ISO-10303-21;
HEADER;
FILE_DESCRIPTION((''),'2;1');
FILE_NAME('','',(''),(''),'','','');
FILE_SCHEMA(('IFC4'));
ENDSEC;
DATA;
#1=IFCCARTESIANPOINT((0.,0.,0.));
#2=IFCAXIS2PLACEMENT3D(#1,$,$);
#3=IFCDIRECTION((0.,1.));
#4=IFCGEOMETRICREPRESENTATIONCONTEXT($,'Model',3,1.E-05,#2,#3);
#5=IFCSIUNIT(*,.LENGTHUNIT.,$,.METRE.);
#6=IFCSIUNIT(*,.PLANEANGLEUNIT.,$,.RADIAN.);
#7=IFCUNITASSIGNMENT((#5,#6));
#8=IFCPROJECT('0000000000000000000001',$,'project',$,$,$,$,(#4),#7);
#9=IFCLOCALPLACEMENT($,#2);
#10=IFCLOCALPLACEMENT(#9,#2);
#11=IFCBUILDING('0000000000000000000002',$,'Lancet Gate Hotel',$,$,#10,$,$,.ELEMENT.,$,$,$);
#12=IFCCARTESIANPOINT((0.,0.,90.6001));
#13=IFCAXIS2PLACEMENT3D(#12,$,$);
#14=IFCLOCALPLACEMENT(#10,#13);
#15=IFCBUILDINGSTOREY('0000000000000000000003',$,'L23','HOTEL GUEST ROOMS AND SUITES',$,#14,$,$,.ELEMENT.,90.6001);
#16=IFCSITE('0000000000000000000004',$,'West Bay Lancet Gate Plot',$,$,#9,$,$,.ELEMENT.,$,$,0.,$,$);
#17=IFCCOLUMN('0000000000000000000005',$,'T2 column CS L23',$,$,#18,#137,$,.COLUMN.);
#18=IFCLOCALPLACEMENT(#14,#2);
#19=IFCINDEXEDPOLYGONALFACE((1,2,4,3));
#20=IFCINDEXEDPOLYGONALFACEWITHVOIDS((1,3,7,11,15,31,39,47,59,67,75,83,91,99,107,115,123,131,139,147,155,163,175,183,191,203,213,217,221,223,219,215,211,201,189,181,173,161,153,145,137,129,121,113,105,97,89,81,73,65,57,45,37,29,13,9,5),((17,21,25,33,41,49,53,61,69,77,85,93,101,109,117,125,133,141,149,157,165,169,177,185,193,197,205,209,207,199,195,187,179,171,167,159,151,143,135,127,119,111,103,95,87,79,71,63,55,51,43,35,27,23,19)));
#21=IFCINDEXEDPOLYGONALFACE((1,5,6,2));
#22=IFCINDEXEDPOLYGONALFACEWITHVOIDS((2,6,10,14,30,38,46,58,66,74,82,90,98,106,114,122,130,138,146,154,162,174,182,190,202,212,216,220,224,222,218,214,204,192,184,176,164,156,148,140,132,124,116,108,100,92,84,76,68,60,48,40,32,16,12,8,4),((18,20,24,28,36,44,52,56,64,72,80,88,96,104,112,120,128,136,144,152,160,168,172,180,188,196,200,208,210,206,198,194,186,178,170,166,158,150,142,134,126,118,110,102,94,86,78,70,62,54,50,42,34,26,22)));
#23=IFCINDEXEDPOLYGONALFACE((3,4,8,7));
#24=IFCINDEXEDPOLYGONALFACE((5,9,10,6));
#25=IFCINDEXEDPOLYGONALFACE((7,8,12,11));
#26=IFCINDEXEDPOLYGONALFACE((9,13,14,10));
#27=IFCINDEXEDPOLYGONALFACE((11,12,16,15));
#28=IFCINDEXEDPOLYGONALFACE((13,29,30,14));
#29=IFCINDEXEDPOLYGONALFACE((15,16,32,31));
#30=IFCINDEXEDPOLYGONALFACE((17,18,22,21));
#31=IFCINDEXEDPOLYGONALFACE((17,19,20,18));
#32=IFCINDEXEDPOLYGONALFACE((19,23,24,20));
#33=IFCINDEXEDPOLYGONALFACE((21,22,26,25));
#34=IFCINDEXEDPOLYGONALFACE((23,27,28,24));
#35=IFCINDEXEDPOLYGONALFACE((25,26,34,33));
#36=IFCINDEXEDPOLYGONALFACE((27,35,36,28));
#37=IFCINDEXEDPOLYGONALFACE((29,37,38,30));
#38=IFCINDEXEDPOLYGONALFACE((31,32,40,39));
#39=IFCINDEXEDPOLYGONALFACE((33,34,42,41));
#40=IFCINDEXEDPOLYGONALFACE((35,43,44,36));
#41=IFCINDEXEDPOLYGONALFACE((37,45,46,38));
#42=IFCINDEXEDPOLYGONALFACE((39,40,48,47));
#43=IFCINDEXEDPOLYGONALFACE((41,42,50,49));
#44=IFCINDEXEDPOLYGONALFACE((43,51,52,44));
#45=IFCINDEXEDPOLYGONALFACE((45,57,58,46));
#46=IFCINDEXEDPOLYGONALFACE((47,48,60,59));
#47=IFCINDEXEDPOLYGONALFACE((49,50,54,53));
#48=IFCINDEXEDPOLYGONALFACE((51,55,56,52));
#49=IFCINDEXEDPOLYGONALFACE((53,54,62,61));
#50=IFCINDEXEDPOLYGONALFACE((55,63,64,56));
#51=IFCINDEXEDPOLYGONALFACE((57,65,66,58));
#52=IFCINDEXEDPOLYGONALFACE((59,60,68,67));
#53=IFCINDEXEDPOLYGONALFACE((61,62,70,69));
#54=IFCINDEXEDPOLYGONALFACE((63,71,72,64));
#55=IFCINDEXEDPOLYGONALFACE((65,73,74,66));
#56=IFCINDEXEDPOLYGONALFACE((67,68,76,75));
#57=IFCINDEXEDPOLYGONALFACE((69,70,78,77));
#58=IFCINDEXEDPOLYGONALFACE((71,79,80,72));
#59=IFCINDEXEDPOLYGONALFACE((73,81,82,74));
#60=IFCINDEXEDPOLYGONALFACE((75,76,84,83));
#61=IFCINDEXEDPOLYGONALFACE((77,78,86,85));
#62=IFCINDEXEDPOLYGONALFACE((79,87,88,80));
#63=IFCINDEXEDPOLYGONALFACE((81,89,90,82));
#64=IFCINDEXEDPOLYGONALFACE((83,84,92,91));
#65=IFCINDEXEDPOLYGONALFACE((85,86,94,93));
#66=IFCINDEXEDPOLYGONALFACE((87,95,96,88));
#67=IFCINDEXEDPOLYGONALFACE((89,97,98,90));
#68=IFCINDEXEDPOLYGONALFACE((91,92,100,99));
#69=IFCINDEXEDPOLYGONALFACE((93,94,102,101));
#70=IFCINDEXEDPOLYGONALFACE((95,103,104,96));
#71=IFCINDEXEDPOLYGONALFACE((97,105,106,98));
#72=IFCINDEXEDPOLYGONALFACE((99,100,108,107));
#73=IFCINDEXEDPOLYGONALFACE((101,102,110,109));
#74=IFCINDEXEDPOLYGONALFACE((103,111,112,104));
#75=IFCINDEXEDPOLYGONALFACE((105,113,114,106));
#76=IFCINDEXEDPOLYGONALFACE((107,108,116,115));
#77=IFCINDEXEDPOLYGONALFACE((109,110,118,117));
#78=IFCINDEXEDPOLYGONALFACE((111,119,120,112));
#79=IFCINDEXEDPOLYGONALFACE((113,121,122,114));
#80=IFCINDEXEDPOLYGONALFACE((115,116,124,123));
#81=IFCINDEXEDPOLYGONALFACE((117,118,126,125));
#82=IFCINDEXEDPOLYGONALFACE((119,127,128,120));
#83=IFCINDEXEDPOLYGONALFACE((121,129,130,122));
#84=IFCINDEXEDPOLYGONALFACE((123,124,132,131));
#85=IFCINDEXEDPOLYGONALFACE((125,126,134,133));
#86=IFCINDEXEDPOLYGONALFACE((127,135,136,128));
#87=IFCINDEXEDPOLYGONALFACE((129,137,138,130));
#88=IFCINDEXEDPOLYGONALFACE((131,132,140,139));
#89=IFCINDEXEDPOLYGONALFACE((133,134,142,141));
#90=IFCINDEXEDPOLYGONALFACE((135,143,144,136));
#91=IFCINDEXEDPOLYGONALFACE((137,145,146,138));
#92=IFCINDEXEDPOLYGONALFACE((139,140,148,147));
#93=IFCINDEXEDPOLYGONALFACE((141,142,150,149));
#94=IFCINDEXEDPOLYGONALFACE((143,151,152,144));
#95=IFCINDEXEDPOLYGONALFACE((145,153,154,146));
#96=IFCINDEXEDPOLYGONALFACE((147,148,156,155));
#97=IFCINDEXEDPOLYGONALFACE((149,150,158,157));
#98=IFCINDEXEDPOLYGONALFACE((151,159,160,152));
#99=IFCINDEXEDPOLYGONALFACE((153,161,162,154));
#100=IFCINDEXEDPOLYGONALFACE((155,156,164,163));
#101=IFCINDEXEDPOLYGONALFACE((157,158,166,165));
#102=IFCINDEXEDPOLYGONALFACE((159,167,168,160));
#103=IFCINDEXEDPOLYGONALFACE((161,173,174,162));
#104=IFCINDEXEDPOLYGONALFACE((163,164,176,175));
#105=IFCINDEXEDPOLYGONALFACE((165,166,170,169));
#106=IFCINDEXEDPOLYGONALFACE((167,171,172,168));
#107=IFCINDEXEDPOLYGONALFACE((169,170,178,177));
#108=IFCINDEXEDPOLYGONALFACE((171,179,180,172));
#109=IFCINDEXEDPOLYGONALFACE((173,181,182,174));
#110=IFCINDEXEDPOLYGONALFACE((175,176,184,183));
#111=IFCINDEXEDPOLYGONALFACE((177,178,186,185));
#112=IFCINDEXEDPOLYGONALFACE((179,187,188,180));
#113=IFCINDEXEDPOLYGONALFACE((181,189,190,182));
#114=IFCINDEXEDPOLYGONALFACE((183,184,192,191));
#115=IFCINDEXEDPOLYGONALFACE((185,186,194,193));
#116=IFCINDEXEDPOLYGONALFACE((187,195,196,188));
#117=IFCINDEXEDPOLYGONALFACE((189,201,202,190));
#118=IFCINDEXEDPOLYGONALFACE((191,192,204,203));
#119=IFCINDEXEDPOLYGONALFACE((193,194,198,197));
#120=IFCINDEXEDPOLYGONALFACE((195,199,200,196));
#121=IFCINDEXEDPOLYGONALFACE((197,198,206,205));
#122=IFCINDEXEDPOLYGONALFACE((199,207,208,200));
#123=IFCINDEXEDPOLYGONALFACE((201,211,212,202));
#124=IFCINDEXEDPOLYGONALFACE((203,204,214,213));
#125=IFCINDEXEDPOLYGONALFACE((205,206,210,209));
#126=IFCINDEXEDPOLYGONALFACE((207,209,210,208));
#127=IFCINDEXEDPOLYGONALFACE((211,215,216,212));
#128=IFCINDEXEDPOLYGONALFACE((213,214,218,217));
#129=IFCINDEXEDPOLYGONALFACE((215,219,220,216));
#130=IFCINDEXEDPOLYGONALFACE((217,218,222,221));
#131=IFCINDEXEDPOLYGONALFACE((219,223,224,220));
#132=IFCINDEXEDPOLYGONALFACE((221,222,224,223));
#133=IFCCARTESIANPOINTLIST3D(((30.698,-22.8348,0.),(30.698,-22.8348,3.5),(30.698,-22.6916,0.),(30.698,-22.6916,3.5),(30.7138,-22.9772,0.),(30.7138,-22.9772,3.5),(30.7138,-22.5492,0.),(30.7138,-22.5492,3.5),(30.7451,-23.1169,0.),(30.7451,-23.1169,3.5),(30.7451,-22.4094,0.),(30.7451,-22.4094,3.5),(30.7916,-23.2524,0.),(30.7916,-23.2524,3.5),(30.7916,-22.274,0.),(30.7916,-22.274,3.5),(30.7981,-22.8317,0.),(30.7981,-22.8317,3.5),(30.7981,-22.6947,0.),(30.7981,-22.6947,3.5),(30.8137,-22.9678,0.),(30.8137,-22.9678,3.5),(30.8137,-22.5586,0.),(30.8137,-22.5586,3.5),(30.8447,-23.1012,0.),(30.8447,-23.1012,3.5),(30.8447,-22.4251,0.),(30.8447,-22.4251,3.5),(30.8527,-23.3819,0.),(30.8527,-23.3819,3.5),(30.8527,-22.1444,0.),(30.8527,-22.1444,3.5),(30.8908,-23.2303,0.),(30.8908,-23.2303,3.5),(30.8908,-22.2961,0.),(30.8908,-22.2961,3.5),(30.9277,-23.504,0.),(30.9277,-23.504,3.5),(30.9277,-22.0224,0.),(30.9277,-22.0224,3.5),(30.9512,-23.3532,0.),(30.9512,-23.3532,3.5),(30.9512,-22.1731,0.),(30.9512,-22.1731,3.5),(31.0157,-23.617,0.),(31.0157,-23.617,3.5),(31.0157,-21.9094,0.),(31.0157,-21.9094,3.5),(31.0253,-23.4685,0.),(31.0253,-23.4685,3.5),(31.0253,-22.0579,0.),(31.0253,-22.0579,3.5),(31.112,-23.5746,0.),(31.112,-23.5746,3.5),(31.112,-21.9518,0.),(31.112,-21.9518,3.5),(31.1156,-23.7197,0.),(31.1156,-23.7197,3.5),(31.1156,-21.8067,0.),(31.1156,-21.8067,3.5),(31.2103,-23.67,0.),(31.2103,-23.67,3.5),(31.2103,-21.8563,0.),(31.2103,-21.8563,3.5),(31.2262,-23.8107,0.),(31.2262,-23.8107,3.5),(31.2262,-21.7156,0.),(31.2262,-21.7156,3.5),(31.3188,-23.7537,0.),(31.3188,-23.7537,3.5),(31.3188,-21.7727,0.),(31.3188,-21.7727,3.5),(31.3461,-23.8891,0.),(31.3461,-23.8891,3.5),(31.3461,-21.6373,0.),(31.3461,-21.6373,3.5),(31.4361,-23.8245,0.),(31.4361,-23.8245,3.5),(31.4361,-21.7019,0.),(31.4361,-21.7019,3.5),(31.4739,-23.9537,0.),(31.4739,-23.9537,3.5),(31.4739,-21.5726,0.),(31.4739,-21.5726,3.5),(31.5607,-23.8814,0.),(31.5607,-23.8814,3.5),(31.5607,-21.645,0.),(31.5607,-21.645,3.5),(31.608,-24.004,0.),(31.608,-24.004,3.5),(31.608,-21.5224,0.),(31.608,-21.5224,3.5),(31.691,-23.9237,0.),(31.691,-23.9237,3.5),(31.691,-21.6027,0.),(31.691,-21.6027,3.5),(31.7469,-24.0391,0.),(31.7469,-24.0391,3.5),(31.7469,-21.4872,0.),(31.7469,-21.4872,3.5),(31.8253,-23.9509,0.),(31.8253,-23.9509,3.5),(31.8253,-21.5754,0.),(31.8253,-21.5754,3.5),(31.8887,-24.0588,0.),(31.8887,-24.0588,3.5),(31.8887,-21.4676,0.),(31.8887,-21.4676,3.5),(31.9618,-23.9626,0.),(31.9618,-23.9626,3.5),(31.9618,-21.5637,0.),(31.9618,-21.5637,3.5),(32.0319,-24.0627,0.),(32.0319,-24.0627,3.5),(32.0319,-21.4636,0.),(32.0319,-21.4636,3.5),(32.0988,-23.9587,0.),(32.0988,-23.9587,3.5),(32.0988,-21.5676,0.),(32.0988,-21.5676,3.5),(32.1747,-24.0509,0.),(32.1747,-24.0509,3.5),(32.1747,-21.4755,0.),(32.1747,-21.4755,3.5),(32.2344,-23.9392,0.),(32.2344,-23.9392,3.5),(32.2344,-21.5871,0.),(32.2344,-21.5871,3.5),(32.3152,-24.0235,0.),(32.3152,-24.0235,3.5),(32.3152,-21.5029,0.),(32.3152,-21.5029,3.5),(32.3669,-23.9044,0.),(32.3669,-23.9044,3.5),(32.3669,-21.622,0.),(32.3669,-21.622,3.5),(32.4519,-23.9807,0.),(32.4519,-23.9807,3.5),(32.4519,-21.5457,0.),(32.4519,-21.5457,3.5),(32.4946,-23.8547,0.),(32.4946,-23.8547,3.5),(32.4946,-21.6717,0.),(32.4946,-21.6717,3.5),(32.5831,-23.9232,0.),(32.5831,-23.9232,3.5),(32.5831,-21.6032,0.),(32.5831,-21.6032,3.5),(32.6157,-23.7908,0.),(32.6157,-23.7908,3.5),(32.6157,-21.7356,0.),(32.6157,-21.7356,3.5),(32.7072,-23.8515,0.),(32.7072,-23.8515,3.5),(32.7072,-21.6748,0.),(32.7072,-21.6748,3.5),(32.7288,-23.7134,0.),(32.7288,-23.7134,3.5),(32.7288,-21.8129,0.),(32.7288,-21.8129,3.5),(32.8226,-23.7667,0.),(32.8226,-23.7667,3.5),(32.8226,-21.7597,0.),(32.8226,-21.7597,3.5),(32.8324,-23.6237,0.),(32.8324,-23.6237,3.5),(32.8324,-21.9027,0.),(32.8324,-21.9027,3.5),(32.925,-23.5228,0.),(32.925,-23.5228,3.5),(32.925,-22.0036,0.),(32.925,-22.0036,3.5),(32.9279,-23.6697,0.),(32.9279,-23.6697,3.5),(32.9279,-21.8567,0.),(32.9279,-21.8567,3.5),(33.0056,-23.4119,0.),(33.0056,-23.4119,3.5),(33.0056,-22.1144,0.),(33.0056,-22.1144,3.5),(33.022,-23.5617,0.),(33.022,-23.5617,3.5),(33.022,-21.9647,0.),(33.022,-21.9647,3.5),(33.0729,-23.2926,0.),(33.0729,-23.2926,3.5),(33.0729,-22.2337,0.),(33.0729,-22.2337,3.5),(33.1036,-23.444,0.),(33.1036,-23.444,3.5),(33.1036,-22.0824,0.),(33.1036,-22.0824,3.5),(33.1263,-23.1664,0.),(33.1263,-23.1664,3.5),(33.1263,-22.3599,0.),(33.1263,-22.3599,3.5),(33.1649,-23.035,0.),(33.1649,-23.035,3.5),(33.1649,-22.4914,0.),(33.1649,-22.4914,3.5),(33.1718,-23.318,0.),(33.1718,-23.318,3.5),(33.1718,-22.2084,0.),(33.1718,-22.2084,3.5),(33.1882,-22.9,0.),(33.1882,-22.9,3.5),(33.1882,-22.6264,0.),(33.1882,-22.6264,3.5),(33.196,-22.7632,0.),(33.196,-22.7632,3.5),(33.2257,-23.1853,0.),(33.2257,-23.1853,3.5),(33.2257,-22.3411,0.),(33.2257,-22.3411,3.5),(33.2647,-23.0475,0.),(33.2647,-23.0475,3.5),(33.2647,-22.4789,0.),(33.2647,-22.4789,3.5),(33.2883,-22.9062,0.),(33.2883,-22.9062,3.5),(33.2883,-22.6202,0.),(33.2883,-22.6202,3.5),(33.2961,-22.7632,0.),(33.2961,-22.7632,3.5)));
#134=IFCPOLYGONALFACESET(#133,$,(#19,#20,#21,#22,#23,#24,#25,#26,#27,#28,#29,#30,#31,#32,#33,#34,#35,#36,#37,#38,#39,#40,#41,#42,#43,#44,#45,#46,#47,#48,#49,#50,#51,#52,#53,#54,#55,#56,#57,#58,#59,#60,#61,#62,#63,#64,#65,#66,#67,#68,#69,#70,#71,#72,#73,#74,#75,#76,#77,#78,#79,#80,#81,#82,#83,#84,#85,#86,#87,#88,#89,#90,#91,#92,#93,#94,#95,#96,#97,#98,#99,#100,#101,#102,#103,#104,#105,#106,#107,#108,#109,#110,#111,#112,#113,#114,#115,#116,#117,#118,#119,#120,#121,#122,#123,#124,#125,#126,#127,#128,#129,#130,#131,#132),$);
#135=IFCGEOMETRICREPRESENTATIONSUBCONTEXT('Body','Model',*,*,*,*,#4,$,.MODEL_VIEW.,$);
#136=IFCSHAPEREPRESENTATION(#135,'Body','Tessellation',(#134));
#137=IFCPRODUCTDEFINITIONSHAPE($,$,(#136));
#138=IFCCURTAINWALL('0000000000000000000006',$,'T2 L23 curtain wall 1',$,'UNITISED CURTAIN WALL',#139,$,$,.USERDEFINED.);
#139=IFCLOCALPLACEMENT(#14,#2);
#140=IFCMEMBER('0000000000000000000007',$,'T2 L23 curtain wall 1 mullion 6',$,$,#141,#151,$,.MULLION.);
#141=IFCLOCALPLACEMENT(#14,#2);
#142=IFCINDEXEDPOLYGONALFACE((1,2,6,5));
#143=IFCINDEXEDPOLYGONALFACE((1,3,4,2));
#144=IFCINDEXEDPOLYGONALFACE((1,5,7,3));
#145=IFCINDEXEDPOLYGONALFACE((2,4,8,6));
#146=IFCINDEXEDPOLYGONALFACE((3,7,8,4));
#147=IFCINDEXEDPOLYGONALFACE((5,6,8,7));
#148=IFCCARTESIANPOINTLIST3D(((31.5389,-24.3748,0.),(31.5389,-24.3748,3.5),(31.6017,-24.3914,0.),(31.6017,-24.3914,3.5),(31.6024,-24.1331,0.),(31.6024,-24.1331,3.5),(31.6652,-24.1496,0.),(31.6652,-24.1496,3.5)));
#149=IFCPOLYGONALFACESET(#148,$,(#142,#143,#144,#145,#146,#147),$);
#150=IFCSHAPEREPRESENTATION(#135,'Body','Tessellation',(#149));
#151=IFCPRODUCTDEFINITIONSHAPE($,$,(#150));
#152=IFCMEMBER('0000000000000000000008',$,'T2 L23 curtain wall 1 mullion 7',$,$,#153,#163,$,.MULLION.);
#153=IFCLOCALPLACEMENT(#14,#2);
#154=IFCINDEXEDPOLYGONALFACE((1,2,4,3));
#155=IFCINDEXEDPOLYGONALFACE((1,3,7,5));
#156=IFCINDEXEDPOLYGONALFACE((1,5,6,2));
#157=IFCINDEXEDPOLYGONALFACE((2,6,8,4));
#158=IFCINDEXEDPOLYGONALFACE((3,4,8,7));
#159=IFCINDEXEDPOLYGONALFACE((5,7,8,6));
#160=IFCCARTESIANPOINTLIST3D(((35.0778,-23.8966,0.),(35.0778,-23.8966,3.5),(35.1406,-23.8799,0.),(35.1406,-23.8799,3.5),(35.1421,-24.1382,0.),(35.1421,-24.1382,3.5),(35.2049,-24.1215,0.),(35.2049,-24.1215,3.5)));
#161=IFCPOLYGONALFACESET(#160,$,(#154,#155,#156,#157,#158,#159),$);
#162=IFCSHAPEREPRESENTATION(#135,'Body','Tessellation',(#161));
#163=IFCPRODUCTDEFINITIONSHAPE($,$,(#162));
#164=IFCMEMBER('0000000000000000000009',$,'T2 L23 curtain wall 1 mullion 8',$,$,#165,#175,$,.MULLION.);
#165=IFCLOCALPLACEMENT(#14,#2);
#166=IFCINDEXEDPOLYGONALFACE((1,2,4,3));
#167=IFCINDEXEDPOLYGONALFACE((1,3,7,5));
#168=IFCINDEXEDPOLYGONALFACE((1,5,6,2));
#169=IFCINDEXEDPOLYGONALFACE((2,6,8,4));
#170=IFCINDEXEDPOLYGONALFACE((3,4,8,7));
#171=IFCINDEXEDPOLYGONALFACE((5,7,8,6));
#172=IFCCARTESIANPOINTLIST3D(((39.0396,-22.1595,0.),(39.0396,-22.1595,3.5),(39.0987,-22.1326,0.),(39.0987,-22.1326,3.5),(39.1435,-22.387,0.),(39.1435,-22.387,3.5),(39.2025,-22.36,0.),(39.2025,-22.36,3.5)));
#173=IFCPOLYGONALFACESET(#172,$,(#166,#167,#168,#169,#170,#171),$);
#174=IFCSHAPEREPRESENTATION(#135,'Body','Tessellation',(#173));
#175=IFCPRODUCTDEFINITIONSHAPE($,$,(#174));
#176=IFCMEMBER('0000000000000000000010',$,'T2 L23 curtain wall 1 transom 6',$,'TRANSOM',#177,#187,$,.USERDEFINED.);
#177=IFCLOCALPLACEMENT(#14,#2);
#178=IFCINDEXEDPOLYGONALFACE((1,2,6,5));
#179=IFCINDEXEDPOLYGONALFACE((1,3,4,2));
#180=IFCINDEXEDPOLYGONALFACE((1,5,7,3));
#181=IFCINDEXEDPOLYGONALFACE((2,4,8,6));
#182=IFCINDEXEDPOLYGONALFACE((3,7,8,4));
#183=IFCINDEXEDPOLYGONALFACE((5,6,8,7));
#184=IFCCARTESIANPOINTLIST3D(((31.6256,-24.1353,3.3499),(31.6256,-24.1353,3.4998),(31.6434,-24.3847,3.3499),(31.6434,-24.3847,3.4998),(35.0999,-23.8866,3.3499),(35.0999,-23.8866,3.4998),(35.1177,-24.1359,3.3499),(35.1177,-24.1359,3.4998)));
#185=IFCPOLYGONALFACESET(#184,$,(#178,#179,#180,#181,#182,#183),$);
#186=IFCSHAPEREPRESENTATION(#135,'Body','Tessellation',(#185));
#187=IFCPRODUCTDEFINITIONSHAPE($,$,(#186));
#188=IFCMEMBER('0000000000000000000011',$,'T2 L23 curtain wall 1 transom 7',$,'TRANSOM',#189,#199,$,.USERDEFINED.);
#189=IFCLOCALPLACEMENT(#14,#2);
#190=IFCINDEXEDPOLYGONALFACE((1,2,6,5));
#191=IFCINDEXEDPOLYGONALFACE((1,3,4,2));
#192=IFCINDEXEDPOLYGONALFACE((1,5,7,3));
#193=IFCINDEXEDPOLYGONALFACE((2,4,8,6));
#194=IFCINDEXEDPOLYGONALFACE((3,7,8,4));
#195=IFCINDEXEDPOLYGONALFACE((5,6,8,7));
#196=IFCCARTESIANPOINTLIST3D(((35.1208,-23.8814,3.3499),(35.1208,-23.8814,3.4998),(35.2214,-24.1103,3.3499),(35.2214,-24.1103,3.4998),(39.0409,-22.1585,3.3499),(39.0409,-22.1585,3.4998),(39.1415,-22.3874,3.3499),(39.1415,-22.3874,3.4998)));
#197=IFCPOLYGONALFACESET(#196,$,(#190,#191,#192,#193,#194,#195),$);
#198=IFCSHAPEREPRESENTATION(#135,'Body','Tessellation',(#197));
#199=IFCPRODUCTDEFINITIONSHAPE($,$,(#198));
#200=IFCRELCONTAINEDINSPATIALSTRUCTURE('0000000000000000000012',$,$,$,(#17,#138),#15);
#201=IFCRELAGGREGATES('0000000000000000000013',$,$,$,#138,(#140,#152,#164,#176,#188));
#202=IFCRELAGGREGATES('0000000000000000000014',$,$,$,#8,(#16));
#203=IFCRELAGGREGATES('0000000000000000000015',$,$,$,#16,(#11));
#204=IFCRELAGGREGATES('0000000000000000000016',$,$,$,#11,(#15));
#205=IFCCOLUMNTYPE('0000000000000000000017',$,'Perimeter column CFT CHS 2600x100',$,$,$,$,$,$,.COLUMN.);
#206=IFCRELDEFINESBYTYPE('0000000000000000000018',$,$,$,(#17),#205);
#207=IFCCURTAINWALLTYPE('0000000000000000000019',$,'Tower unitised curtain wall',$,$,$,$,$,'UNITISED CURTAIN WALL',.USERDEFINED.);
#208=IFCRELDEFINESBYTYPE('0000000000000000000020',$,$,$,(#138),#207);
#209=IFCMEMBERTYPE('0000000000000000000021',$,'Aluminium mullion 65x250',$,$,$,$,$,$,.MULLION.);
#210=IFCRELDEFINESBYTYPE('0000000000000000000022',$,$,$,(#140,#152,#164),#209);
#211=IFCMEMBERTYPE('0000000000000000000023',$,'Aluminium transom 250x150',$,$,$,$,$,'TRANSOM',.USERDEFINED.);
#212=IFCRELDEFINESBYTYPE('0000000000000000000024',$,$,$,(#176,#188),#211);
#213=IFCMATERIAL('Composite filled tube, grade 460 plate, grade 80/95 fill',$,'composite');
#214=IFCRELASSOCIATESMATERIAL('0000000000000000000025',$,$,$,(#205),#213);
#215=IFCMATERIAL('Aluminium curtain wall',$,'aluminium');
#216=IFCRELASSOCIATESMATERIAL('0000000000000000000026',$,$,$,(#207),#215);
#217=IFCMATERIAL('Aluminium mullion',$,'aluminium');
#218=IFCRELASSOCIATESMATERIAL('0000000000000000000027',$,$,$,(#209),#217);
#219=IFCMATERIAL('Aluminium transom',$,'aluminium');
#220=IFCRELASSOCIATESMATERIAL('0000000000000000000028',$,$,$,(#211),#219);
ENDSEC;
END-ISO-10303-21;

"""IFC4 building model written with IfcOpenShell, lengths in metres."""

from ifc_helpers import new_model, si_unit, direction, frame, origin, origin_2d, place, context, subcontext, project, spatial, rectangle, hollow_circle, extrude, material, material_profile, profile_set, type_object, element, aggregate, save


model = new_model("IFC4")

# Units and contexts
model_context = context("Model", 3, precision=1e-05, world=origin(), true_north=direction((0.0, 1.0)))
body_context = subcontext(model_context, "Body", "Model", "MODEL_VIEW")
ifc_project = project(units=[si_unit("LENGTHUNIT", "METRE"), si_unit("PLANEANGLEUNIT", "RADIAN")], contexts=[model_context])

# Site, building, storey
site_placement = place(None, origin())
site = spatial("IfcSite", under=ifc_project, at=site_placement, Name="West Bay Lancet Gate Plot", CompositionType="ELEMENT", RefElevation=0.0)
building_placement = place(site_placement, origin())
building = spatial("IfcBuilding", under=site, at=building_placement, Name="Lancet Gate Hotel", CompositionType="ELEMENT")
storey_placement = place(building_placement, frame((0.0, 0.0, 90.6001)))
storey = spatial("IfcBuildingStorey", under=building, at=storey_placement, Name="L23", Description="HOTEL GUEST ROOMS AND SUITES", CompositionType="ELEMENT", Elevation=90.6001)

# Column
ifc_material_1 = material(Name="Composite filled tube, grade 460 plate, grade 80/95 fill", Category="composite")
ifc_material_profile_1 = material_profile(ifc_material_1, hollow_circle(Radius=1.3, WallThickness=0.1001, at=origin_2d()), Name="CHS 2600x100")
ifc_profile_set_1 = profile_set([ifc_material_profile_1], Name="Composite filled tube, grade 460 plate, grade 80/95 fill")
column_type = type_object("IfcColumnType", Name="Perimeter column CFT CHS 2600x100", PredefinedType="COLUMN", material=ifc_profile_set_1)
column_placement = place(storey_placement, frame((31.9961, -22.7632, 0.0), z_axis=(0.0, 0.0, 1.0), x_axis=(1.0, 0.0, 0.0)))
element("IfcColumn", 1, at=column_placement, inside=storey, type_object=column_type, Name="T2 column CS L23", PredefinedType="COLUMN", context=body_context, shape_type="SweptSolid", body=[
    extrude(hollow_circle(Radius=1.3, WallThickness=0.1001, at=origin_2d()), origin(), (0.0, 0.0, 1.0), 3.5),
])

# Curtain wall, members
ifc_material_2 = material(Name="Aluminium curtain wall", Category="aluminium")
curtain_wall_type = type_object("IfcCurtainWallType", Name="Tower unitised curtain wall", ElementType="UNITISED CURTAIN WALL", PredefinedType="USERDEFINED", material=ifc_material_2)
curtain_wall_placement = place(storey_placement, origin())
curtain_wall = element("IfcCurtainWall", 2, at=curtain_wall_placement, inside=storey, type_object=curtain_wall_type, Name="T2 L23 curtain wall 1", ObjectType="UNITISED CURTAIN WALL", PredefinedType="USERDEFINED")
ifc_material_3 = material(Name="Aluminium mullion", Category="aluminium")
ifc_material_profile_2 = material_profile(ifc_material_3, rectangle(XDim=0.0649, YDim=0.25, at=origin_2d()), Name="MULLION 65x250")
ifc_profile_set_2 = profile_set([ifc_material_profile_2], Name="Aluminium mullion")
member_type_1 = type_object("IfcMemberType", Name="Aluminium mullion 65x250", PredefinedType="MULLION", material=ifc_profile_set_2)
member_1_placement = place(storey_placement, frame((31.6021, -24.2622, 0.0), z_axis=(0.0, 0.0, 1.0), x_axis=(0.967157, -0.254179, 0.0)))
member_1 = element("IfcMember", 3, at=member_1_placement, type_object=member_type_1, Name="T2 L23 curtain wall 1 mullion 6", PredefinedType="MULLION", context=body_context, shape_type="SweptSolid", body=[
    extrude(rectangle(XDim=0.0649, YDim=0.25, at=origin_2d()), origin(), (0.0, 0.0, 1.0), 3.5),
])
member_2_placement = place(storey_placement, frame((35.1414, -24.009, 0.0), z_axis=(0.0, 0.0, 1.0), x_axis=(0.966317, 0.257353, 0.0)))
member_2 = element("IfcMember", 4, at=member_2_placement, type_object=member_type_1, Name="T2 L23 curtain wall 1 mullion 7", PredefinedType="MULLION", context=body_context, shape_type="SweptSolid", body=[
    extrude(rectangle(XDim=0.0649, YDim=0.25, at=origin_2d()), origin(), (0.0, 0.0, 1.0), 3.5),
])
member_3_placement = place(storey_placement, frame((39.1211, -22.2598, 0.0), z_axis=(0.0, 0.0, 1.0), x_axis=(0.909673, 0.415326, 0.0)))
member_3 = element("IfcMember", 5, at=member_3_placement, type_object=member_type_1, Name="T2 L23 curtain wall 1 mullion 8", PredefinedType="MULLION", context=body_context, shape_type="SweptSolid", body=[
    extrude(rectangle(XDim=0.0649, YDim=0.25, at=origin_2d()), origin(), (0.0, 0.0, 1.0), 3.5),
])
ifc_material_4 = material(Name="Aluminium transom", Category="aluminium")
ifc_material_profile_3 = material_profile(ifc_material_4, rectangle(XDim=0.25, YDim=0.1499, at=origin_2d()), Name="TRANSOM 250x150")
ifc_profile_set_3 = profile_set([ifc_material_profile_3], Name="Aluminium transom")
member_type_2 = type_object("IfcMemberType", Name="Aluminium transom 250x150", ElementType="TRANSOM", PredefinedType="USERDEFINED", material=ifc_profile_set_3)
member_4_placement = place(storey_placement, frame((31.6345, -24.26, 3.4248), z_axis=(0.997446, 0.071421, 0.0), x_axis=(-0.071421, 0.997446, 0.0)))
member_4 = element("IfcMember", 6, at=member_4_placement, type_object=member_type_2, Name="T2 L23 curtain wall 1 transom 6", ObjectType="TRANSOM", PredefinedType="USERDEFINED", context=body_context, shape_type="SweptSolid", body=[
    extrude(rectangle(XDim=0.25, YDim=0.1499, at=origin_2d()), origin(), (0.0, 0.0, 1.0), 3.4832),
])
member_5_placement = place(storey_placement, frame((35.1711, -23.9958, 3.4248), z_axis=(0.915485, 0.402353, 0.0), x_axis=(-0.402353, 0.915485, 0.0)))
member_5 = element("IfcMember", 7, at=member_5_placement, type_object=member_type_2, Name="T2 L23 curtain wall 1 transom 7", ObjectType="TRANSOM", PredefinedType="USERDEFINED", context=body_context, shape_type="SweptSolid", body=[
    extrude(rectangle(XDim=0.25, YDim=0.1499, at=origin_2d()), origin(), (0.0, 0.0, 1.0), 4.282),
])

aggregate(curtain_wall, [member_1, member_2, member_3, member_4, member_5])

save(model, "model.ifc")
